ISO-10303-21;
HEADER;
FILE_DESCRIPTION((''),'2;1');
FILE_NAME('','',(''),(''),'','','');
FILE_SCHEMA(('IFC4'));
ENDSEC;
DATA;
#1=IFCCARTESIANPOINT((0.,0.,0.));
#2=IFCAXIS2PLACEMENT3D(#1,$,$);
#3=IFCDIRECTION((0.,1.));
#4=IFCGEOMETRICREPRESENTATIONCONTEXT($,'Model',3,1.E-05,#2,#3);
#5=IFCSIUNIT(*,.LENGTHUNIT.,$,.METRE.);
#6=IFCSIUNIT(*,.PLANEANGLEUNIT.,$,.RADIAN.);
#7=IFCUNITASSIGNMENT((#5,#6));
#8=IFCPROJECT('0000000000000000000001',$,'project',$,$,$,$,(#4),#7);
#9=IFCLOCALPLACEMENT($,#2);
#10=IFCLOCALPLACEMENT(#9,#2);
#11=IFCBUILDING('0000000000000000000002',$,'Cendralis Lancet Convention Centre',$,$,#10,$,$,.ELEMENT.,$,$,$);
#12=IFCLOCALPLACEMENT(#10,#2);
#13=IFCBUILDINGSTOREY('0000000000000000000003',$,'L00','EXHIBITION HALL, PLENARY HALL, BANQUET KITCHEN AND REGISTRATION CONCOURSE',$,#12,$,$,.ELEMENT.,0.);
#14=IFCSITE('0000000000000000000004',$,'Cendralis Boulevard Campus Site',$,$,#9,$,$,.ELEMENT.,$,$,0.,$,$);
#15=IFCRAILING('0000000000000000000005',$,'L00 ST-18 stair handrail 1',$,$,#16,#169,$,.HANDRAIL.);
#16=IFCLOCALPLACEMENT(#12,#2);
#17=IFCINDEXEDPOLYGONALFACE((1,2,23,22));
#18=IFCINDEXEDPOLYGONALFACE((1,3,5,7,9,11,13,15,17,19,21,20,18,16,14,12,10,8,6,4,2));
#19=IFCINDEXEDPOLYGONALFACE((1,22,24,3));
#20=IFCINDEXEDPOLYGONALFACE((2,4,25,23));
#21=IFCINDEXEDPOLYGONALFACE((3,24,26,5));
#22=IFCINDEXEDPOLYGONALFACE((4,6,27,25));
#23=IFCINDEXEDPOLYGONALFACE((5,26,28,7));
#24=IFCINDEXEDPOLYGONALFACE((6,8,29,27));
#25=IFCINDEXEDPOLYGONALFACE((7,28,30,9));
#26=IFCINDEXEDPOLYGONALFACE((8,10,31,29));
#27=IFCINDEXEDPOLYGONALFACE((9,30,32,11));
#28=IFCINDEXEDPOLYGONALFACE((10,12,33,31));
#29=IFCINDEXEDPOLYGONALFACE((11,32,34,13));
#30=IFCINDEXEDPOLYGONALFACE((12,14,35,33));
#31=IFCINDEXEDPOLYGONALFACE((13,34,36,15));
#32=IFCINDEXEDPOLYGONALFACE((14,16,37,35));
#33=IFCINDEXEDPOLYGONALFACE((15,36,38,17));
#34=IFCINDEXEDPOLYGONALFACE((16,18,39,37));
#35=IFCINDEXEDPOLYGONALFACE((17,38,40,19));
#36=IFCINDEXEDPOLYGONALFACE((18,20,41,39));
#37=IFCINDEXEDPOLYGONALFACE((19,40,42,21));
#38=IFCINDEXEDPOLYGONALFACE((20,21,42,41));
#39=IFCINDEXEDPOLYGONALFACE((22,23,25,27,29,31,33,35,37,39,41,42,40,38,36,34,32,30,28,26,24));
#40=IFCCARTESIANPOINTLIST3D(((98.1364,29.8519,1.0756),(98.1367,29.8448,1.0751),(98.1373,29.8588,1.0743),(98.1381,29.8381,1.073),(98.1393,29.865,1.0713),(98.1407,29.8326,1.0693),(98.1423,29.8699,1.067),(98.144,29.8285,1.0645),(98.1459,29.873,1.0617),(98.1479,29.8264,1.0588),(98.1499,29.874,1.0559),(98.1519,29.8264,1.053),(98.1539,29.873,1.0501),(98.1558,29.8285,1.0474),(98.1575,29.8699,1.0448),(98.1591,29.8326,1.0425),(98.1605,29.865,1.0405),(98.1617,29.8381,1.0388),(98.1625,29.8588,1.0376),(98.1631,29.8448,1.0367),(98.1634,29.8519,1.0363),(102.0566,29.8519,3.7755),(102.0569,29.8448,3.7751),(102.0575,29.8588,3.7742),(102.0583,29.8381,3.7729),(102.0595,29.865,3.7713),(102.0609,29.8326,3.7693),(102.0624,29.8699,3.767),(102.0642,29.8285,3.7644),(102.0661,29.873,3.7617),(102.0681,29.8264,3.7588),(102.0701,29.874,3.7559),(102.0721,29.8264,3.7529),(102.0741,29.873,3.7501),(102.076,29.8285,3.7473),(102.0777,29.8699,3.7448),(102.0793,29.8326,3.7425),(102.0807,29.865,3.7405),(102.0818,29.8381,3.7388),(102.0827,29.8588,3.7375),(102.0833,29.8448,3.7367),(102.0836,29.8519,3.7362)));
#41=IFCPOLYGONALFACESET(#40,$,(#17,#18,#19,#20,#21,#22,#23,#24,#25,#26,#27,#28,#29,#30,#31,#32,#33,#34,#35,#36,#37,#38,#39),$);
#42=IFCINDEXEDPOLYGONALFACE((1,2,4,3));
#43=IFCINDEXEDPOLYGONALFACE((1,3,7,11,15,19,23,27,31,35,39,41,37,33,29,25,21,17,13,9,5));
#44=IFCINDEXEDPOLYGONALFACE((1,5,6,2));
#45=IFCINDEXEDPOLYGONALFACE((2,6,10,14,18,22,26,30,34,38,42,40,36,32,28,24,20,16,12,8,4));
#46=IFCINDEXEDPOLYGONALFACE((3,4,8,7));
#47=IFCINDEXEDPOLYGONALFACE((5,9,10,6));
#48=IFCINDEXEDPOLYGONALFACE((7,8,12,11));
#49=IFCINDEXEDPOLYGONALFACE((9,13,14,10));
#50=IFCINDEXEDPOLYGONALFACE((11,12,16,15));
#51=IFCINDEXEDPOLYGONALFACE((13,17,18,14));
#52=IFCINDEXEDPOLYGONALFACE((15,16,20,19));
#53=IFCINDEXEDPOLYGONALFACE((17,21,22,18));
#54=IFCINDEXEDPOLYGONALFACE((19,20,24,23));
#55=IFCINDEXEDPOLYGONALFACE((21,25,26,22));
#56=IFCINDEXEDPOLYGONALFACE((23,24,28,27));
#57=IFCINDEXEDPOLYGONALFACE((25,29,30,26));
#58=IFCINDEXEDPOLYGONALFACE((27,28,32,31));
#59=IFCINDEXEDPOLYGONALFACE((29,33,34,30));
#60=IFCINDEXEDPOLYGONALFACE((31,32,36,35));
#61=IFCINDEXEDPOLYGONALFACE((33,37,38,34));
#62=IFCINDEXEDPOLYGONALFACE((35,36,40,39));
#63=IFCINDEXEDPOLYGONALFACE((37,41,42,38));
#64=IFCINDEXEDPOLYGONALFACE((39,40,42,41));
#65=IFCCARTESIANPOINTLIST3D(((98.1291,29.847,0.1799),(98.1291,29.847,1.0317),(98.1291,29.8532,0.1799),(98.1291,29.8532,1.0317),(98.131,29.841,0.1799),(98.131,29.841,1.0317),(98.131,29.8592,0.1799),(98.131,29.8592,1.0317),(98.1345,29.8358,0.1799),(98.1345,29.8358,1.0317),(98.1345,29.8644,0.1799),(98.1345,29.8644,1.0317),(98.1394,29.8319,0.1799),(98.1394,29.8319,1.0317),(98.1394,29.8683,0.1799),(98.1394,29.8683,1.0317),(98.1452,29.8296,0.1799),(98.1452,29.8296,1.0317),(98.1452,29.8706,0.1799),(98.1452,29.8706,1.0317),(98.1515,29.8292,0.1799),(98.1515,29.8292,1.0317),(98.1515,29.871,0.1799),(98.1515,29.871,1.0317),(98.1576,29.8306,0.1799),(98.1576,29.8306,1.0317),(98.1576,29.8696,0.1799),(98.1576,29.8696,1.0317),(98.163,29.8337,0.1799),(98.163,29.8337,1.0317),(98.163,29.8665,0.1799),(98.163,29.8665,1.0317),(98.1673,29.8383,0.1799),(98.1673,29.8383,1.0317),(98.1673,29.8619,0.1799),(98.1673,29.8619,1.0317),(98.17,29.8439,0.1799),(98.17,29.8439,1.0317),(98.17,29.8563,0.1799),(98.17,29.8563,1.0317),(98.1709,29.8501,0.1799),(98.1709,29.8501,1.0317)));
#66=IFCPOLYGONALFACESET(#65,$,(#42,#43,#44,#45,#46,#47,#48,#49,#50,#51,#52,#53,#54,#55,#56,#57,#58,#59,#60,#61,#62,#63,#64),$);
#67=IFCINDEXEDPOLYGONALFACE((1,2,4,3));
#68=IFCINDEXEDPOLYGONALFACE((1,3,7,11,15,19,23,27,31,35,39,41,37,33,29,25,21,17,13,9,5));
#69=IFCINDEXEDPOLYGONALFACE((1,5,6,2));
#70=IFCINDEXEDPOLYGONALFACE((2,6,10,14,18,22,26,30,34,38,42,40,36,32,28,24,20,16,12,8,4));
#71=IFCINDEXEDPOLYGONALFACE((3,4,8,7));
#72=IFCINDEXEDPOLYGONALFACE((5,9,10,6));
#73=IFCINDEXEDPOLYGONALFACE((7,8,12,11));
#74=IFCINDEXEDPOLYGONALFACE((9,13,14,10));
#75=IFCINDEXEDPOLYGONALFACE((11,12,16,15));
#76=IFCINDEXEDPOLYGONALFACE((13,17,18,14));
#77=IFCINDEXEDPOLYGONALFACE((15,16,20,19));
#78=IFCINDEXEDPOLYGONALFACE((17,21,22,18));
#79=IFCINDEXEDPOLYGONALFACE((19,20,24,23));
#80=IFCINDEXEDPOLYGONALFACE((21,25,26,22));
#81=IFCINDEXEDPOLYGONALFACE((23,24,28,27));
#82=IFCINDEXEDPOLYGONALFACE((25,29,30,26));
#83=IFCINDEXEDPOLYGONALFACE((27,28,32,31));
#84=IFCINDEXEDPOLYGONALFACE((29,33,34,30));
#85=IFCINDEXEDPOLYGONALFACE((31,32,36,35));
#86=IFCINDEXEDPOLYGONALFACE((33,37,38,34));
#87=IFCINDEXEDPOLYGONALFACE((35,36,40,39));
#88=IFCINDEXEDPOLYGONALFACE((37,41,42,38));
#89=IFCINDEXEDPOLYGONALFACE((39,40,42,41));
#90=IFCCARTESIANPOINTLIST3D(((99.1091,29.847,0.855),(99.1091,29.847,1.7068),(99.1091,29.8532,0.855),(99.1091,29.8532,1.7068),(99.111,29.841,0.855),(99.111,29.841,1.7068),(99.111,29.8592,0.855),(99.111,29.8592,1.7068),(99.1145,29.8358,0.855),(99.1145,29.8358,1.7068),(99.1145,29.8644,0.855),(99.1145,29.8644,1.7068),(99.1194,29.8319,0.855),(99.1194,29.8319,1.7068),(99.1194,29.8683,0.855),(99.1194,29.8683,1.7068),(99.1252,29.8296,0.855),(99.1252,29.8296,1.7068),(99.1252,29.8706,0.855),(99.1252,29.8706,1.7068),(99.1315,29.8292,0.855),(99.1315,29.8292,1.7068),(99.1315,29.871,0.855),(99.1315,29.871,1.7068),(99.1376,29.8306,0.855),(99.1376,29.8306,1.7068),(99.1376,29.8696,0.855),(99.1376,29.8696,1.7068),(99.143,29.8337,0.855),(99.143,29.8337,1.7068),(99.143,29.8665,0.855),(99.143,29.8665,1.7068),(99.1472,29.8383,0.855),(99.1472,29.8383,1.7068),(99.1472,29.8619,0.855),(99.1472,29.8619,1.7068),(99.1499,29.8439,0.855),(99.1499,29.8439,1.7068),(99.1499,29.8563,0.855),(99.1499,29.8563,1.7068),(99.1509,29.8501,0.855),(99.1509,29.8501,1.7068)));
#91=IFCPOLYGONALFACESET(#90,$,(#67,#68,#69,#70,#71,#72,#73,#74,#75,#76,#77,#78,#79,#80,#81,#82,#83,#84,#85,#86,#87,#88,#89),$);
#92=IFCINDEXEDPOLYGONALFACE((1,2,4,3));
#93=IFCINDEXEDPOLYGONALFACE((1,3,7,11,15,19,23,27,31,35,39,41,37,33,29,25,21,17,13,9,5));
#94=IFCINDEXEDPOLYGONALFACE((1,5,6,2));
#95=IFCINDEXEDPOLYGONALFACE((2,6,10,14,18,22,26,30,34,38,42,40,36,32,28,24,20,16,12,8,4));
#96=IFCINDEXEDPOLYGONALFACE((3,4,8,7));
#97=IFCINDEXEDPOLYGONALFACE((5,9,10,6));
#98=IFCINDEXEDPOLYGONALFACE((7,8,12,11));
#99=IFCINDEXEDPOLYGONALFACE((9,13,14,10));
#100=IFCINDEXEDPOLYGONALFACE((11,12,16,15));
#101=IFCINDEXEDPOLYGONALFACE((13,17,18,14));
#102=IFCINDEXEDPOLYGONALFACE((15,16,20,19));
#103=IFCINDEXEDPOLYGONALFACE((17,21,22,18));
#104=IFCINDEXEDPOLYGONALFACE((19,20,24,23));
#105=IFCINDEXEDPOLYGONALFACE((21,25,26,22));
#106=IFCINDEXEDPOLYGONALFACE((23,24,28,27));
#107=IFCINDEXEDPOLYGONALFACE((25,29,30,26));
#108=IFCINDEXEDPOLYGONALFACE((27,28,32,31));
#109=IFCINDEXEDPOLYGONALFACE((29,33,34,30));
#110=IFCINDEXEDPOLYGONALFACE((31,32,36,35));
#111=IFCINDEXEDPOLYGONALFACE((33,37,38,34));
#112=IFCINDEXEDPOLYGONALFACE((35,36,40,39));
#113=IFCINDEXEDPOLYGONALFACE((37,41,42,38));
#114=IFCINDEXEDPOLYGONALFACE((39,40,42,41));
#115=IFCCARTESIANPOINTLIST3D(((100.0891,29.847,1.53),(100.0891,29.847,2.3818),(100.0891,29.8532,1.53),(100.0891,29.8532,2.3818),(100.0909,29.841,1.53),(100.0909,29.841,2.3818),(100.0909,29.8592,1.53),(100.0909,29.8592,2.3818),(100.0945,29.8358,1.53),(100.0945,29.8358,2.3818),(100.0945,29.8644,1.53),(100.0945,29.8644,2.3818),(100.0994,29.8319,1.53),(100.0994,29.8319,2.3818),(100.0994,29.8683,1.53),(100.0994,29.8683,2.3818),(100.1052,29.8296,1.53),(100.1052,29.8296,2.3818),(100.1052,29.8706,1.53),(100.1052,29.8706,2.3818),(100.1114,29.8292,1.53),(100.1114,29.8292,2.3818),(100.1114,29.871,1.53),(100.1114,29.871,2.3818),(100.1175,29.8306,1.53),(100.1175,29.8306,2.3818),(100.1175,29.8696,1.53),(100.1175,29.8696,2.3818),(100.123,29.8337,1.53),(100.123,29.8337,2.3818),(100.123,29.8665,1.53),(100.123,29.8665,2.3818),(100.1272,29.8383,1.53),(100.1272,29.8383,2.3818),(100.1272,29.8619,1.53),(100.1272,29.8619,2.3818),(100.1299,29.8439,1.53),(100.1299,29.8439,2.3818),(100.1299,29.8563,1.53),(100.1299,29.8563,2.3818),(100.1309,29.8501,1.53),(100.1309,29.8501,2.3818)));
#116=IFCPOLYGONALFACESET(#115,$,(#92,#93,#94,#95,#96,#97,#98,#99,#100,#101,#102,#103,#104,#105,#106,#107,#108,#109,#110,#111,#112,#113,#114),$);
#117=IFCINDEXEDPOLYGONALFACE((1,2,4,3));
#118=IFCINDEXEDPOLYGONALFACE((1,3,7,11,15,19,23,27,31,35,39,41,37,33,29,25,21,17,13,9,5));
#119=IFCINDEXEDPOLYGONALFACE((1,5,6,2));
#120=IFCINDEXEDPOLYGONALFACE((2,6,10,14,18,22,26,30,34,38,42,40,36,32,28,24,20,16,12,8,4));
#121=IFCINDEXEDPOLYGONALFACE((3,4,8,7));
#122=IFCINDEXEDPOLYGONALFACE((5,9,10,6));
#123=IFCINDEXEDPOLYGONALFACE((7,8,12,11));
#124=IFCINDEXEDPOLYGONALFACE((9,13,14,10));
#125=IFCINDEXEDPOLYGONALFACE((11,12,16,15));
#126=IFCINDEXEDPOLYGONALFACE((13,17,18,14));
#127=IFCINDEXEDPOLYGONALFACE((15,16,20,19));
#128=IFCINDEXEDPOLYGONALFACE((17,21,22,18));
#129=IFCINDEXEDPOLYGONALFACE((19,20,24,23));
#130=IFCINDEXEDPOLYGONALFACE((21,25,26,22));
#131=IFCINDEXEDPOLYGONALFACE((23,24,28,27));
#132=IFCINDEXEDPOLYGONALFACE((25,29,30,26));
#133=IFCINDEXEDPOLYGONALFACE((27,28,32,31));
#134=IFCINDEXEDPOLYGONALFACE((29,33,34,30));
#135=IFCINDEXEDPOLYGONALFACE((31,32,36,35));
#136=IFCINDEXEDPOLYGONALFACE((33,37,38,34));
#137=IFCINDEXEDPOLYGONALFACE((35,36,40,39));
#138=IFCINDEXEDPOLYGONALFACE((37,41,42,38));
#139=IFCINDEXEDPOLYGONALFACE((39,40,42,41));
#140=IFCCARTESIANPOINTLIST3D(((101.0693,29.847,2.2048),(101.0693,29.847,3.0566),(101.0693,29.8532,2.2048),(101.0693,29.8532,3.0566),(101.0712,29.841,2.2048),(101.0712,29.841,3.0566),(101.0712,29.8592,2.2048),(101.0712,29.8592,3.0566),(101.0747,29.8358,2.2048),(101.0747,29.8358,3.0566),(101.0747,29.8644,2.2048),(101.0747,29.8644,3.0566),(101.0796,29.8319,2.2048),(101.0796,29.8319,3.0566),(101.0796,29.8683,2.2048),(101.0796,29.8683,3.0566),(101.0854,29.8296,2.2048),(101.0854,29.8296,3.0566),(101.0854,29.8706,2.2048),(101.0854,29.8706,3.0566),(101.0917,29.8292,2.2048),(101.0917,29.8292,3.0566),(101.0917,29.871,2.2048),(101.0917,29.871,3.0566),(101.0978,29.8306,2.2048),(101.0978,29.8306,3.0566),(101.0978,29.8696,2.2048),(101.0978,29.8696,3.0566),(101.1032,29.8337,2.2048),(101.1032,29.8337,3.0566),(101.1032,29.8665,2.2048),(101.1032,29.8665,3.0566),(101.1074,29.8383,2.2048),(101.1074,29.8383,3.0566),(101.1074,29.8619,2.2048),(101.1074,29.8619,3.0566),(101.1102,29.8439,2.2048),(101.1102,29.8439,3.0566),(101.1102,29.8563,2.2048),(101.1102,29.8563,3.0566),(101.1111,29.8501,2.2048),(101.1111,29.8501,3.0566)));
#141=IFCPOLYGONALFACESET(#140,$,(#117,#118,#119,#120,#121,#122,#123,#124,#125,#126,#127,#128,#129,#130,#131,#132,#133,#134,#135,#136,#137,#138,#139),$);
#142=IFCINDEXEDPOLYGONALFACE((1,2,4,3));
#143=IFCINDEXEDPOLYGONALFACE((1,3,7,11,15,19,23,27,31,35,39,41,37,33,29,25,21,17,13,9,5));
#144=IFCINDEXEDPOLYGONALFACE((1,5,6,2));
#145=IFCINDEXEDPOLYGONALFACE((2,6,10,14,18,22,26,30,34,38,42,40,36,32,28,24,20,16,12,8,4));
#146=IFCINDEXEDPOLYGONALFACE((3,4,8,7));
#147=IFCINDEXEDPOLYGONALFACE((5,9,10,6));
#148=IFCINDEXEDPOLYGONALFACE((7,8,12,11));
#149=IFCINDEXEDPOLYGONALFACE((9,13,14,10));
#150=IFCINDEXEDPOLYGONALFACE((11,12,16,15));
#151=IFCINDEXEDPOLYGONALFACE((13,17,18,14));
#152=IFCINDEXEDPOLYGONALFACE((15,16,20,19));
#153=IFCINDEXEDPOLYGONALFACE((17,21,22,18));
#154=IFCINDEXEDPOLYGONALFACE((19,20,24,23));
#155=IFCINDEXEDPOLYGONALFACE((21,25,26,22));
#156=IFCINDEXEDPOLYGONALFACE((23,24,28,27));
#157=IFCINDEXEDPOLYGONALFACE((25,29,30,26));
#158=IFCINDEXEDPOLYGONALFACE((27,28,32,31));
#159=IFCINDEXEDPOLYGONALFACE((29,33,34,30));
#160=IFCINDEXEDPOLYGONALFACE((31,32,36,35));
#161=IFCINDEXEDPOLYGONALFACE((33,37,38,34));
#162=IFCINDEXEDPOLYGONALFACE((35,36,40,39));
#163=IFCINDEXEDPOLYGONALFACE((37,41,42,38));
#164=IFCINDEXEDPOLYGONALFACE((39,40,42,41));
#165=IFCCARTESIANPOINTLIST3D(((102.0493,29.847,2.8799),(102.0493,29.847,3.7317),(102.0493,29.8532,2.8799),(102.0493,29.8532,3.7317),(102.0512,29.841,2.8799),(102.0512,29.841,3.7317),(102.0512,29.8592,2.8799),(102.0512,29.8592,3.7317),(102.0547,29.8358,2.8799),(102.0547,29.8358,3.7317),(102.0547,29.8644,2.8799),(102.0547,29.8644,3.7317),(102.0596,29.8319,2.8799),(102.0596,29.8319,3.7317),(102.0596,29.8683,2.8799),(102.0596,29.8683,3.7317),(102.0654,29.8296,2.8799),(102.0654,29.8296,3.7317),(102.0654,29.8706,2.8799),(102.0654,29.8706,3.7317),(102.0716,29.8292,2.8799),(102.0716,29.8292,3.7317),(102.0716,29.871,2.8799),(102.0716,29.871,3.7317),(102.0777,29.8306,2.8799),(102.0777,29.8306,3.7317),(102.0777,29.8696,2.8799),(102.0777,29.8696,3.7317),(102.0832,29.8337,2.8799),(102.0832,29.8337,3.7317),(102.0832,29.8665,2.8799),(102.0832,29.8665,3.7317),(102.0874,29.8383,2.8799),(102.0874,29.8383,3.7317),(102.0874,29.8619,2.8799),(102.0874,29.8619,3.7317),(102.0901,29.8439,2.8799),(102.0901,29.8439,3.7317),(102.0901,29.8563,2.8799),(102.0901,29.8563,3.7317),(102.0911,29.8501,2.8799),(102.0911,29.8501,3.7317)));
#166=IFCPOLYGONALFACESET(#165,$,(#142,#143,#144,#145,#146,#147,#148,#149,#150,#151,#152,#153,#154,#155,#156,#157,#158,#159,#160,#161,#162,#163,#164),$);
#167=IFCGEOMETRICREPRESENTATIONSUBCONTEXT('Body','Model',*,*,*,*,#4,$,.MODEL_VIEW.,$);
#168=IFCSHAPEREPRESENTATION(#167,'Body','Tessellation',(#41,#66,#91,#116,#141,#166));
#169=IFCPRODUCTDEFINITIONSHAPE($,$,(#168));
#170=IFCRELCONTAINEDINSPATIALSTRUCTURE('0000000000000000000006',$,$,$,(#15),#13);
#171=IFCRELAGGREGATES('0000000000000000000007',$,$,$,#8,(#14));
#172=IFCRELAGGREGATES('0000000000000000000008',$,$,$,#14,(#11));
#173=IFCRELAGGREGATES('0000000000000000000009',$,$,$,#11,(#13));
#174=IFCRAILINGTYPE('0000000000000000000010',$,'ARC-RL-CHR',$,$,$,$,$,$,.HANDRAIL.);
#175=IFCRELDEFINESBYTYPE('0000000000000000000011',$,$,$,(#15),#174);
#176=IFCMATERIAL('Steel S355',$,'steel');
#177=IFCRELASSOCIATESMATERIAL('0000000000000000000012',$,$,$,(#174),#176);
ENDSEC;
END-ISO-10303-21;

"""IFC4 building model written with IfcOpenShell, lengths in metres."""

from ifc_helpers import new_model, si_unit, direction, frame, origin, origin_2d, place, context, subcontext, project, spatial, circle, extrude, material, type_object, element, save


model = new_model("IFC4")

# Units and contexts
model_context = context("Model", 3, precision=1e-05, world=origin(), true_north=direction((0.0, 1.0)))
body_context = subcontext(model_context, "Body", "Model", "MODEL_VIEW")
ifc_project = project(units=[si_unit("LENGTHUNIT", "METRE"), si_unit("PLANEANGLEUNIT", "RADIAN")], contexts=[model_context])

# Site, building, storey
site_placement = place(None, origin())
site = spatial("IfcSite", under=ifc_project, at=site_placement, Name="Cendralis Boulevard Campus Site", CompositionType="ELEMENT", RefElevation=0.0)
building_placement = place(site_placement, origin())
building = spatial("IfcBuilding", under=site, at=building_placement, Name="Cendralis Lancet Convention Centre", CompositionType="ELEMENT")
storey_placement = place(building_placement, origin())
storey = spatial("IfcBuildingStorey", under=building, at=storey_placement, Name="L00", Description="EXHIBITION HALL, PLENARY HALL, BANQUET KITCHEN AND REGISTRATION CONCOURSE", CompositionType="ELEMENT", Elevation=0.0)

# Shared definitions
ifc_material_1 = material(Name="Steel S355", Category="steel")

# Railing
railing_type_1 = type_object("IfcRailingType", Name="ARC-RL-CHR", PredefinedType="HANDRAIL", material=ifc_material_1)
railing_1_placement = place(storey_placement, frame((98.1499, 29.8501, 0.1799)))
element("IfcRailing", 1, at=railing_1_placement, inside=storey, type_object=railing_type_1, Name="L00 ST-18 stair handrail 1", PredefinedType="HANDRAIL", context=body_context, shape_type="SweptSolid", body=[
    extrude(circle(Radius=0.0239, at=origin_2d()), frame((0.0, 0.0, 0.876), z_axis=(0.823567, 0.0, 0.567219), x_axis=(0.0, 1.0, 0.0)), (0.0, 0.0, 1.0), 4.76),
    extrude(circle(Radius=0.021, at=origin_2d()), origin(), (0.0, 0.0, 1.0), 0.8518),
    extrude(circle(Radius=0.021, at=origin_2d()), frame((0.98, 0.0, 0.675)), (0.0, 0.0, 1.0), 0.8518),
    extrude(circle(Radius=0.021, at=origin_2d()), frame((1.96, 0.0, 1.3501)), (0.0, 0.0, 1.0), 0.8518),
    extrude(circle(Radius=0.021, at=origin_2d()), frame((2.9402, 0.0, 2.0249)), (0.0, 0.0, 1.0), 0.8518),
    extrude(circle(Radius=0.021, at=origin_2d()), frame((3.9202, 0.0, 2.7)), (0.0, 0.0, 1.0), 0.8518),
])

save(model, "model.ifc")
